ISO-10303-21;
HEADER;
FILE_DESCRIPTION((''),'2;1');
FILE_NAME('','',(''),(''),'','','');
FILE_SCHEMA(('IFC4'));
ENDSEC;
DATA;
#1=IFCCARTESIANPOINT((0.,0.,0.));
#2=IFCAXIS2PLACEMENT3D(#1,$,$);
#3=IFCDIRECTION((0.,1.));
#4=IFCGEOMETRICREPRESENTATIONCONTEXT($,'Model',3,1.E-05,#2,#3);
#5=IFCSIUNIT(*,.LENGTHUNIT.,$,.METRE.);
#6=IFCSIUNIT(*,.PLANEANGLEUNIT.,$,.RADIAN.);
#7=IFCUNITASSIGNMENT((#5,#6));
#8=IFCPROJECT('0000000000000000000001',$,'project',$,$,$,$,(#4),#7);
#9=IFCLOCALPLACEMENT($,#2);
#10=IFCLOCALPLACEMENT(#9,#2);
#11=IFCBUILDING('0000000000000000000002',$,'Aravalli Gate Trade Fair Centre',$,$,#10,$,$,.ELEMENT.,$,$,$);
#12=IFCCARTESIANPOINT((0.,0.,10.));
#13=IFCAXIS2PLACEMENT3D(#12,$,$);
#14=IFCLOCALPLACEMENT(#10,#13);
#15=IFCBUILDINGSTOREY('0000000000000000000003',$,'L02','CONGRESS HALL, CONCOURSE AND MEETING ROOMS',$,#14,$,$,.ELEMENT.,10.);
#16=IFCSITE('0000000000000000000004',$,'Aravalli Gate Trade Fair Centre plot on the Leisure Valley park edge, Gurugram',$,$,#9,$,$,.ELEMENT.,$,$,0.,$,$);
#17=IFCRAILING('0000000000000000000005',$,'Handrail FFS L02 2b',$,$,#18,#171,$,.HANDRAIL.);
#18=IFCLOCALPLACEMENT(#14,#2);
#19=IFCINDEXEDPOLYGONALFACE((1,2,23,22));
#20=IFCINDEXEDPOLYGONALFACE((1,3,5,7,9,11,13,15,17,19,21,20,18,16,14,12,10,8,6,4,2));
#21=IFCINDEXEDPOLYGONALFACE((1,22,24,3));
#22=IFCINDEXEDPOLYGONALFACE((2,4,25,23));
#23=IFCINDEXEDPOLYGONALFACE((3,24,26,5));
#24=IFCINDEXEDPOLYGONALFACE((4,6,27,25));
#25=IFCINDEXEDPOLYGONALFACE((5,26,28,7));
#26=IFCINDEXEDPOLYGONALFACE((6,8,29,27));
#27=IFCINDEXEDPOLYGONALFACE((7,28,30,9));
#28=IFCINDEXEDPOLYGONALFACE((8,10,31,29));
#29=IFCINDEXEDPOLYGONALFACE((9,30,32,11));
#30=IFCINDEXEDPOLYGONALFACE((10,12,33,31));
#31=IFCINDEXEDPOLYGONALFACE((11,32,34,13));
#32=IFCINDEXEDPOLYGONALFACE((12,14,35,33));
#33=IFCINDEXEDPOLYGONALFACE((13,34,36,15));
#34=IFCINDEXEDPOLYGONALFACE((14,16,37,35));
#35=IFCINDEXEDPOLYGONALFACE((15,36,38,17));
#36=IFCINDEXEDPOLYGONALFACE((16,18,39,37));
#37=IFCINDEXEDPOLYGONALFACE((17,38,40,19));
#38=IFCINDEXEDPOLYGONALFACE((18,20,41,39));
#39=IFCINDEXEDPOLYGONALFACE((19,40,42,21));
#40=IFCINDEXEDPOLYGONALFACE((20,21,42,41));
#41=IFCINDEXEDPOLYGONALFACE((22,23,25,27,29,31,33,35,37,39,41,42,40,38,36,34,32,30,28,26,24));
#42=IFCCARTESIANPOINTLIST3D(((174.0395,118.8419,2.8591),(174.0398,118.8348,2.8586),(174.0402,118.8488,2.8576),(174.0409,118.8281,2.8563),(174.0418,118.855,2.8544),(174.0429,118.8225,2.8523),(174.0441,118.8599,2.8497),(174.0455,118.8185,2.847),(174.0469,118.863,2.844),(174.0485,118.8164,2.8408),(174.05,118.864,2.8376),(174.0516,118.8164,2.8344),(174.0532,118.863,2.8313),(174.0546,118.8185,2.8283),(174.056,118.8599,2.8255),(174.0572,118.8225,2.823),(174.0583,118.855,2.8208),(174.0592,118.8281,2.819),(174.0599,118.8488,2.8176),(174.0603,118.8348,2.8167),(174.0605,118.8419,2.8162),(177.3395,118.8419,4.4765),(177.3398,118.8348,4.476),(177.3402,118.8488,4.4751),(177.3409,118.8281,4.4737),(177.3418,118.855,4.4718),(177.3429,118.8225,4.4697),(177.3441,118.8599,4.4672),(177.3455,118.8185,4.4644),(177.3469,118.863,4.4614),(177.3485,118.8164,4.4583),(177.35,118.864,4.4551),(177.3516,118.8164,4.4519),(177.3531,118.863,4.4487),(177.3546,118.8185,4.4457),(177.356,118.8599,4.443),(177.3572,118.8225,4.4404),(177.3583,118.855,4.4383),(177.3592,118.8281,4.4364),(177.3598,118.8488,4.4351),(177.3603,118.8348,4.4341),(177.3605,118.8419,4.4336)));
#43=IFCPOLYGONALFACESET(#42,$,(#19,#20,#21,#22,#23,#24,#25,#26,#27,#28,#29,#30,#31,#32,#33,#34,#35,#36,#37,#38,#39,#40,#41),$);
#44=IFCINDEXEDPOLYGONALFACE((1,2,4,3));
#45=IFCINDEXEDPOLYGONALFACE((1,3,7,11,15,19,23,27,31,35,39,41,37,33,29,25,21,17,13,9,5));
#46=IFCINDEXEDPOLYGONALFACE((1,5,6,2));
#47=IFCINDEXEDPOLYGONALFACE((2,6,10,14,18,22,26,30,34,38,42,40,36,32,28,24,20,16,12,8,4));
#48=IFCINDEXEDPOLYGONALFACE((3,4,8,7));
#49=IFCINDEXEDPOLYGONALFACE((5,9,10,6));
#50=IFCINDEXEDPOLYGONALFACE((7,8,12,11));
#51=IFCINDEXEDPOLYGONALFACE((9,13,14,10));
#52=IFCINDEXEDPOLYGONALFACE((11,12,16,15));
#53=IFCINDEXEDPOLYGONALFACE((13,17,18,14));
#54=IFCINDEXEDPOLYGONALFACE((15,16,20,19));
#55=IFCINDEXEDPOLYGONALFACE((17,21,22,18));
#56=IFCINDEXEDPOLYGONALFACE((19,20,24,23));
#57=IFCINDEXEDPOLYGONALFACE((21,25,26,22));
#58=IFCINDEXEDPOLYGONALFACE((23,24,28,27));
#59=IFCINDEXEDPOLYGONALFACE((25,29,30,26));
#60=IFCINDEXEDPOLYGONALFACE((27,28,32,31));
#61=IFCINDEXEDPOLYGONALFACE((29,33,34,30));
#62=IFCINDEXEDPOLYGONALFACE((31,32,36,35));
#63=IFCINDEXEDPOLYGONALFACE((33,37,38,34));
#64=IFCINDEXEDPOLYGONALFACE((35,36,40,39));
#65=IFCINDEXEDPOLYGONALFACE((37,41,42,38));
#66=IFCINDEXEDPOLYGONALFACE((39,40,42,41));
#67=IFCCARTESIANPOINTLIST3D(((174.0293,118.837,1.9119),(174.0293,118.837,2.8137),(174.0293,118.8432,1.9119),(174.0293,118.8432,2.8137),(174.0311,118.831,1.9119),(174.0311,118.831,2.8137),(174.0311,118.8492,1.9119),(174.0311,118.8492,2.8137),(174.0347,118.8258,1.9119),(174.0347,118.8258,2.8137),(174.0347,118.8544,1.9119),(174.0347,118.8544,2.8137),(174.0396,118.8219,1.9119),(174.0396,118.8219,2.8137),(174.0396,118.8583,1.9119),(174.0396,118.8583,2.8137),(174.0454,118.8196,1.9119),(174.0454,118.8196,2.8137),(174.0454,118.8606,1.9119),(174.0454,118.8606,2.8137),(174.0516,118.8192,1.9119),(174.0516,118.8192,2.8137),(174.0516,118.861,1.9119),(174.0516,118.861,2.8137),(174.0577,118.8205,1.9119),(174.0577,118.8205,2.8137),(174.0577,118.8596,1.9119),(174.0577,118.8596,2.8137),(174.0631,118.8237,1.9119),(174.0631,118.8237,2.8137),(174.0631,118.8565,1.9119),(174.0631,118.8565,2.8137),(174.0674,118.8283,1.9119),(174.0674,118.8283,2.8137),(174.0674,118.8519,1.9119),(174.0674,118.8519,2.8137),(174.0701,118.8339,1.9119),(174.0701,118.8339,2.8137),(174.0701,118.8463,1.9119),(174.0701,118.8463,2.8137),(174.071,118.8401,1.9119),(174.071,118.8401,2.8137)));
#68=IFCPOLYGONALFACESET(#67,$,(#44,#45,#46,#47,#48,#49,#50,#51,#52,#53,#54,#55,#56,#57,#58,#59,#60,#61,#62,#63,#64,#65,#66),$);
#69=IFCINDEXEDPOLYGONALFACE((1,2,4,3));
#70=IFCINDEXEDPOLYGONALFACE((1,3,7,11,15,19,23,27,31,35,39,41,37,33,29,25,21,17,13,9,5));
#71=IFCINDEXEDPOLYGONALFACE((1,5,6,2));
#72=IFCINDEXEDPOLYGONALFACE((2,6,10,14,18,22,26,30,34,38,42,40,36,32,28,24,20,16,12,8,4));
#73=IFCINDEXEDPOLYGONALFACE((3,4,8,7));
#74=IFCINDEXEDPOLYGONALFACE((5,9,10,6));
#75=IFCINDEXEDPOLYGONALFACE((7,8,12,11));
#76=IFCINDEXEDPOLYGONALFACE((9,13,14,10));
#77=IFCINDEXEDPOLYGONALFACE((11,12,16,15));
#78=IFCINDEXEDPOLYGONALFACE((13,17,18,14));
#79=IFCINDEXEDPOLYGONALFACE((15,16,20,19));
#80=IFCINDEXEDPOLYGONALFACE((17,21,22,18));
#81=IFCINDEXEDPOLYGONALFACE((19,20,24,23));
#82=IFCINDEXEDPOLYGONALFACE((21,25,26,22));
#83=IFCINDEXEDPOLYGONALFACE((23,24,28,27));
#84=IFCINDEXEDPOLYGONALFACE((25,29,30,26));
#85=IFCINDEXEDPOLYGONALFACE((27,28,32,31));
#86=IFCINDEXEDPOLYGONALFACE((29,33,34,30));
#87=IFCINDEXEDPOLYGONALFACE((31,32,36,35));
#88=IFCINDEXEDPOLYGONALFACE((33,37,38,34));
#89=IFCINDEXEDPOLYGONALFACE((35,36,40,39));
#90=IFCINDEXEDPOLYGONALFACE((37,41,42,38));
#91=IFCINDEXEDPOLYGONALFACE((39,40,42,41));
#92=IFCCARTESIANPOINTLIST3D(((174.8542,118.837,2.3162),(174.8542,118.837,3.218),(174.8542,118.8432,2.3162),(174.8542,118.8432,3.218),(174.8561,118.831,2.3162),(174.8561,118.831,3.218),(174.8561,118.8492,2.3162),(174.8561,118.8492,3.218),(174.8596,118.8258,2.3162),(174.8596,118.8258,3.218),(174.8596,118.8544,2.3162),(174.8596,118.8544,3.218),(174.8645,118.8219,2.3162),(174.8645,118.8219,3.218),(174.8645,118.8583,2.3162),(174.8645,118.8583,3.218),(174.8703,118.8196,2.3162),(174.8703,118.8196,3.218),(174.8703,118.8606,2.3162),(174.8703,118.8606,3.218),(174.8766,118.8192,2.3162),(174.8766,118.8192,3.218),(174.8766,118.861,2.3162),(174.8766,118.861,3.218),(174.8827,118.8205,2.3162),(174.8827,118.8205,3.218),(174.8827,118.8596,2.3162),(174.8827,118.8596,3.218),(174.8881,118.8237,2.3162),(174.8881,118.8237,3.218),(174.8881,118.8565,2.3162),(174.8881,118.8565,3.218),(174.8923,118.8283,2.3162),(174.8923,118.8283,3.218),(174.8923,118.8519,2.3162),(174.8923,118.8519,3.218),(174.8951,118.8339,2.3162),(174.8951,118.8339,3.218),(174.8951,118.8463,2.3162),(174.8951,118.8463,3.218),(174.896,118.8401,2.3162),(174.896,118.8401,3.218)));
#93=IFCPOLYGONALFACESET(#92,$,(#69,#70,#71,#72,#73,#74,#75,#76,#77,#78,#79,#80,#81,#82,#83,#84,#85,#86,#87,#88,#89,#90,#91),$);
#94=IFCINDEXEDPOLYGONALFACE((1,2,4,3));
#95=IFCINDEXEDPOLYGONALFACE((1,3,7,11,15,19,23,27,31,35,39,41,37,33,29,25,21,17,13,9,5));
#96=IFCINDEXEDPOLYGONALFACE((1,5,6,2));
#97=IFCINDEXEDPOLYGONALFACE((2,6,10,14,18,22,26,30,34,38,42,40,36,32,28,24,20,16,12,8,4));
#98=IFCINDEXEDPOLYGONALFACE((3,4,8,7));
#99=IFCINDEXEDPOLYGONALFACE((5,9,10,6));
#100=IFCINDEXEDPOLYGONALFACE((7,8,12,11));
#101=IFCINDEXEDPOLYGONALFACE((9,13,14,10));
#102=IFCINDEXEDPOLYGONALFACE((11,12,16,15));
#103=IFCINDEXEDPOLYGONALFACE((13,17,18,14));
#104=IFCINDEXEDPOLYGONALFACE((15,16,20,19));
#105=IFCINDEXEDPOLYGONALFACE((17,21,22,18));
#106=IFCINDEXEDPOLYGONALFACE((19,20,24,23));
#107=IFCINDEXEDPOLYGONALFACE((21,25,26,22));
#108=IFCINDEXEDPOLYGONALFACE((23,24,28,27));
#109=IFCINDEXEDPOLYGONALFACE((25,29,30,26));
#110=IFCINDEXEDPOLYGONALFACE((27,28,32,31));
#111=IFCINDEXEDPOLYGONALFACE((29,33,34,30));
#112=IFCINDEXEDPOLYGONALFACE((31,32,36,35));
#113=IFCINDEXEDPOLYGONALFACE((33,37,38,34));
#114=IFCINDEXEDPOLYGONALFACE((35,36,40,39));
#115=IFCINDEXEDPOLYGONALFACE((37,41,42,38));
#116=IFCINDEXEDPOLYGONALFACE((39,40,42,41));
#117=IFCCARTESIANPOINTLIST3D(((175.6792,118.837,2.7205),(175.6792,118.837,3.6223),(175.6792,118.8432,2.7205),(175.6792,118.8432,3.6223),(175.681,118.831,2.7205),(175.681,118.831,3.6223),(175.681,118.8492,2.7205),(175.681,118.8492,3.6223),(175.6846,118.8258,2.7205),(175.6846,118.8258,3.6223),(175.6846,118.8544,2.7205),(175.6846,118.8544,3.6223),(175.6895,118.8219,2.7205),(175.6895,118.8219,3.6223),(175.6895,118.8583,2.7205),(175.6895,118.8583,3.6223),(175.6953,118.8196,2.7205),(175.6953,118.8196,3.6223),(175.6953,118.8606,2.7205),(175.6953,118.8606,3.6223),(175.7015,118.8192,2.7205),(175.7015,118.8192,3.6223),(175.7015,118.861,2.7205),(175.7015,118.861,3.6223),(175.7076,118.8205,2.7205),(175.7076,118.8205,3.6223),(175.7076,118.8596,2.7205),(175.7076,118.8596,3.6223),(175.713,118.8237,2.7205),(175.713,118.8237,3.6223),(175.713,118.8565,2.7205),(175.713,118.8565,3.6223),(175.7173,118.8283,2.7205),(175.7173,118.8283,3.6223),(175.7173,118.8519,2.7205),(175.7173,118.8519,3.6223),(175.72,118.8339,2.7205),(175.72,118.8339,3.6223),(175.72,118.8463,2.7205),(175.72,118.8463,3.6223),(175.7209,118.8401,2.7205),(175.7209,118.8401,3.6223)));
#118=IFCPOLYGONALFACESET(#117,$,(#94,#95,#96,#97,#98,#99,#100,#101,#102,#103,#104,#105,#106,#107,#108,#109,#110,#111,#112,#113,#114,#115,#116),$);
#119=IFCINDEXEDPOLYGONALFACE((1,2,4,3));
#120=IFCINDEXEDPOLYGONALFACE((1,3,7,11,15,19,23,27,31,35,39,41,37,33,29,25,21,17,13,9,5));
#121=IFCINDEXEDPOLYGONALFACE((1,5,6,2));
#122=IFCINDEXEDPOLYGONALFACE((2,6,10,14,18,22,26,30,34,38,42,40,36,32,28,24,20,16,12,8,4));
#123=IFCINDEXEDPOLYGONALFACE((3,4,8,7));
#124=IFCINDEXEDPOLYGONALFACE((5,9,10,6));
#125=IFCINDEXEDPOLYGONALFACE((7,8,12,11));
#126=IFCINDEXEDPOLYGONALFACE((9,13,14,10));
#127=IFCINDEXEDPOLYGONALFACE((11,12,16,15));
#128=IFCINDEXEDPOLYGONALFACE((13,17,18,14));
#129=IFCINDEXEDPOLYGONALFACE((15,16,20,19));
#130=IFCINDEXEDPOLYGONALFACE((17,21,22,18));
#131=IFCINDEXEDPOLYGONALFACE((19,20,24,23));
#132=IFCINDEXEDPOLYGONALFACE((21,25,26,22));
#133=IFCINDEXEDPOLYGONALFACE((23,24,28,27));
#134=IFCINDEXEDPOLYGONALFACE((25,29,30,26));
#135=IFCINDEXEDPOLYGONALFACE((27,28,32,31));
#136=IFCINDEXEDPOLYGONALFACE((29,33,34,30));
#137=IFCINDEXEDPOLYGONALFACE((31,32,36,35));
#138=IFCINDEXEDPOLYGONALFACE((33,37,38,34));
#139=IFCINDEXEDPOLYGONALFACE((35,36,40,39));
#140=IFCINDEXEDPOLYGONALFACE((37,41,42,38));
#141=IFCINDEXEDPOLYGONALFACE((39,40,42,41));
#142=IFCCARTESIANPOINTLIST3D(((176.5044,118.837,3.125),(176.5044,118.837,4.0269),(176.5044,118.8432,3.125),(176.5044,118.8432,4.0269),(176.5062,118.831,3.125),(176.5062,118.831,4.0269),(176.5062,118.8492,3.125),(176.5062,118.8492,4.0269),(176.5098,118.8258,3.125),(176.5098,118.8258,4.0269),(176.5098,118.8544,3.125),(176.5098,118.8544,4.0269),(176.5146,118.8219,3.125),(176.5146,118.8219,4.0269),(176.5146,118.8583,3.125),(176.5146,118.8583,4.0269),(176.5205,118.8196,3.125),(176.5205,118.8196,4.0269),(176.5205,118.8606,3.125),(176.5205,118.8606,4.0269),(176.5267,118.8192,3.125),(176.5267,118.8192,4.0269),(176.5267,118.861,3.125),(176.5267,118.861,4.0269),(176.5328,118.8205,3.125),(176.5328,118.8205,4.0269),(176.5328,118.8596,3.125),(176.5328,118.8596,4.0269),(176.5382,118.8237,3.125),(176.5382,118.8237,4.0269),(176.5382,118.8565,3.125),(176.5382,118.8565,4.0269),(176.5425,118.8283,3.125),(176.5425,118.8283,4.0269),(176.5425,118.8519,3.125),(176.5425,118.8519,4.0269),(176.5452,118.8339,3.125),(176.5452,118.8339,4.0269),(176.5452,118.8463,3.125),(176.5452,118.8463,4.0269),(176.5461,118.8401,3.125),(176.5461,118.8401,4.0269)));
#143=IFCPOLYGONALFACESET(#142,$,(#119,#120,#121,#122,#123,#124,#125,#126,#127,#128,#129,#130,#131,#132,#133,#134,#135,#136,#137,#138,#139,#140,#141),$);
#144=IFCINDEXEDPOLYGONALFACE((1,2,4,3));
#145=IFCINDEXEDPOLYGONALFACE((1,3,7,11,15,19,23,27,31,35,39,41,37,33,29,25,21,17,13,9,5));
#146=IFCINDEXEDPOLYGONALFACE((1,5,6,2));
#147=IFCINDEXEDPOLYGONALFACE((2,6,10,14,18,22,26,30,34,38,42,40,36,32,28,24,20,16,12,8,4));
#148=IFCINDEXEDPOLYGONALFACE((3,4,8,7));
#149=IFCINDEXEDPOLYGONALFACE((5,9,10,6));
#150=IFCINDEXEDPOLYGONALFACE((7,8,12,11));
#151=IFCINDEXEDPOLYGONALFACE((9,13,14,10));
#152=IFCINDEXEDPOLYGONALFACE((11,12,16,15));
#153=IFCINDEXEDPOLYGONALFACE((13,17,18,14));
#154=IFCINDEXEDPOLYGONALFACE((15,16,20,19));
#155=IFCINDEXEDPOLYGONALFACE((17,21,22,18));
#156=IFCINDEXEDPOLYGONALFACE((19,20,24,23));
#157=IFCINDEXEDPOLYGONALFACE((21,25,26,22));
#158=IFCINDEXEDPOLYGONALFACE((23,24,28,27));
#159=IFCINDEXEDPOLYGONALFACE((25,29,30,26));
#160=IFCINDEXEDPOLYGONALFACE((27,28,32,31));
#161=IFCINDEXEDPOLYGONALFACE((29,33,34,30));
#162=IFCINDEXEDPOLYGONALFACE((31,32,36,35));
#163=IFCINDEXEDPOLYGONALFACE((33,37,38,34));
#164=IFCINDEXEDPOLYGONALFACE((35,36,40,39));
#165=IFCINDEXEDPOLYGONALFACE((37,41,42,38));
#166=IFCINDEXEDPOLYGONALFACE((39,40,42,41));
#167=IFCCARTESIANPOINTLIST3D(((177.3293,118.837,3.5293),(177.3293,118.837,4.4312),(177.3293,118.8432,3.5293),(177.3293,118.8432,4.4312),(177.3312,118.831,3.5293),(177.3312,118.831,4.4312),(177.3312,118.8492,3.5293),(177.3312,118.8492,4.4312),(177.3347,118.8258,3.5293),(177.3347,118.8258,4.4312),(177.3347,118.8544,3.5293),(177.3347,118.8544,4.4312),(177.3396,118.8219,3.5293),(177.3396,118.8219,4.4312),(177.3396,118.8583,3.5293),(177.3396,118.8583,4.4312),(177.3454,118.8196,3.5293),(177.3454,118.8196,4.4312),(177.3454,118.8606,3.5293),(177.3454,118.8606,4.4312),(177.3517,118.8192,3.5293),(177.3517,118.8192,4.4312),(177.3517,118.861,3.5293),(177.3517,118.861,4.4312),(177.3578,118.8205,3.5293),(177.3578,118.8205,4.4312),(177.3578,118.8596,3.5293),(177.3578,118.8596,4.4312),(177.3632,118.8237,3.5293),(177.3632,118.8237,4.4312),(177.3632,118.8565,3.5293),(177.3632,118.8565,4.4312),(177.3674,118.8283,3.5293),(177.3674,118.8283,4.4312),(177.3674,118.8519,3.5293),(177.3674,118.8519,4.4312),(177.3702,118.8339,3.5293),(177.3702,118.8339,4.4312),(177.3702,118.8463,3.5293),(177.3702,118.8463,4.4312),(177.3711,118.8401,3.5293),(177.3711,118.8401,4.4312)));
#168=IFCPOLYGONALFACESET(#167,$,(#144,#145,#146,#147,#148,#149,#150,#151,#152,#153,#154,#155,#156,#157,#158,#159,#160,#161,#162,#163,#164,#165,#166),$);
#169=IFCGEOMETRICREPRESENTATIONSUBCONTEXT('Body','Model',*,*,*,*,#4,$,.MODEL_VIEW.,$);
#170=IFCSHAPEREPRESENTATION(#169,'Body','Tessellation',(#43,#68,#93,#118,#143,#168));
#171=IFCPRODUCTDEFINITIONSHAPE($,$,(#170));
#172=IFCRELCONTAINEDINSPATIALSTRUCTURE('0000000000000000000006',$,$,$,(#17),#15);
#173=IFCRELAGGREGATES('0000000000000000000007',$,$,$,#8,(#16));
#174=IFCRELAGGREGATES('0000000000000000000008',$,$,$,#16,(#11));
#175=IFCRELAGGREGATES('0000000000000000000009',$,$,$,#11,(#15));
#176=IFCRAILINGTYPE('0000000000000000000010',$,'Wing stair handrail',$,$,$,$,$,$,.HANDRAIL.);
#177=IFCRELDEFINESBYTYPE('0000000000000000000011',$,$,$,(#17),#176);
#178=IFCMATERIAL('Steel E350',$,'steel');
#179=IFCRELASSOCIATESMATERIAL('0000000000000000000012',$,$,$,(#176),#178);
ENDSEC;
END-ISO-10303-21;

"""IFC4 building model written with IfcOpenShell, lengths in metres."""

from ifc_helpers import new_model, si_unit, direction, frame, origin, origin_2d, place, context, subcontext, project, spatial, circle, extrude, material, type_object, element, save


model = new_model("IFC4")

# Units and contexts
model_context = context("Model", 3, precision=1e-05, world=origin(), true_north=direction((0.0, 1.0)))
body_context = subcontext(model_context, "Body", "Model", "MODEL_VIEW")
ifc_project = project(units=[si_unit("LENGTHUNIT", "METRE"), si_unit("PLANEANGLEUNIT", "RADIAN")], contexts=[model_context])

# Site, building, storey
site_placement = place(None, origin())
site = spatial("IfcSite", under=ifc_project, at=site_placement, Name="Aravalli Gate Trade Fair Centre plot on the Leisure Valley park edge, Gurugram", CompositionType="ELEMENT", RefElevation=0.0)
building_placement = place(site_placement, origin())
building = spatial("IfcBuilding", under=site, at=building_placement, Name="Aravalli Gate Trade Fair Centre", CompositionType="ELEMENT")
storey_placement = place(building_placement, frame((0.0, 0.0, 10.0)))
storey = spatial("IfcBuildingStorey", under=building, at=storey_placement, Name="L02", Description="CONGRESS HALL, CONCOURSE AND MEETING ROOMS", CompositionType="ELEMENT", Elevation=10.0)

# Railing
ifc_material_1 = material(Name="Steel E350", Category="steel")
railing_type = type_object("IfcRailingType", Name="Wing stair handrail", PredefinedType="HANDRAIL", material=ifc_material_1)
for number, where, name in (
    (1, (174.05, 118.8401, 1.9119), "Handrail FFS L02 2b"),
):
    element("IfcRailing", number, at=place(storey_placement, frame(where)), inside=storey, type_object=railing_type, Name=name, PredefinedType="HANDRAIL", context=body_context, shape_type="SweptSolid", body=[
        extrude(circle(Radius=0.0239, at=origin_2d()), frame((0.0, 0.0, 0.9258), z_axis=(0.897946, 0.0, 0.440105), x_axis=(0.0, 1.0, 0.0)), (0.0, 0.0, 1.0), 3.675),
        extrude(circle(Radius=0.021, at=origin_2d()), origin(), (0.0, 0.0, 1.0), 0.9019),
        extrude(circle(Radius=0.021, at=origin_2d()), frame((0.825, 0.0, 0.4043)), (0.0, 0.0, 1.0), 0.9019),
        extrude(circle(Radius=0.021, at=origin_2d()), frame((1.6499, 0.0, 0.8086)), (0.0, 0.0, 1.0), 0.9019),
        extrude(circle(Radius=0.021, at=origin_2d()), frame((2.4751, 0.0, 1.2131)), (0.0, 0.0, 1.0), 0.9019),
        extrude(circle(Radius=0.021, at=origin_2d()), frame((3.3, 0.0, 1.6174)), (0.0, 0.0, 1.0), 0.9019),
    ])

save(model, "model.ifc")
